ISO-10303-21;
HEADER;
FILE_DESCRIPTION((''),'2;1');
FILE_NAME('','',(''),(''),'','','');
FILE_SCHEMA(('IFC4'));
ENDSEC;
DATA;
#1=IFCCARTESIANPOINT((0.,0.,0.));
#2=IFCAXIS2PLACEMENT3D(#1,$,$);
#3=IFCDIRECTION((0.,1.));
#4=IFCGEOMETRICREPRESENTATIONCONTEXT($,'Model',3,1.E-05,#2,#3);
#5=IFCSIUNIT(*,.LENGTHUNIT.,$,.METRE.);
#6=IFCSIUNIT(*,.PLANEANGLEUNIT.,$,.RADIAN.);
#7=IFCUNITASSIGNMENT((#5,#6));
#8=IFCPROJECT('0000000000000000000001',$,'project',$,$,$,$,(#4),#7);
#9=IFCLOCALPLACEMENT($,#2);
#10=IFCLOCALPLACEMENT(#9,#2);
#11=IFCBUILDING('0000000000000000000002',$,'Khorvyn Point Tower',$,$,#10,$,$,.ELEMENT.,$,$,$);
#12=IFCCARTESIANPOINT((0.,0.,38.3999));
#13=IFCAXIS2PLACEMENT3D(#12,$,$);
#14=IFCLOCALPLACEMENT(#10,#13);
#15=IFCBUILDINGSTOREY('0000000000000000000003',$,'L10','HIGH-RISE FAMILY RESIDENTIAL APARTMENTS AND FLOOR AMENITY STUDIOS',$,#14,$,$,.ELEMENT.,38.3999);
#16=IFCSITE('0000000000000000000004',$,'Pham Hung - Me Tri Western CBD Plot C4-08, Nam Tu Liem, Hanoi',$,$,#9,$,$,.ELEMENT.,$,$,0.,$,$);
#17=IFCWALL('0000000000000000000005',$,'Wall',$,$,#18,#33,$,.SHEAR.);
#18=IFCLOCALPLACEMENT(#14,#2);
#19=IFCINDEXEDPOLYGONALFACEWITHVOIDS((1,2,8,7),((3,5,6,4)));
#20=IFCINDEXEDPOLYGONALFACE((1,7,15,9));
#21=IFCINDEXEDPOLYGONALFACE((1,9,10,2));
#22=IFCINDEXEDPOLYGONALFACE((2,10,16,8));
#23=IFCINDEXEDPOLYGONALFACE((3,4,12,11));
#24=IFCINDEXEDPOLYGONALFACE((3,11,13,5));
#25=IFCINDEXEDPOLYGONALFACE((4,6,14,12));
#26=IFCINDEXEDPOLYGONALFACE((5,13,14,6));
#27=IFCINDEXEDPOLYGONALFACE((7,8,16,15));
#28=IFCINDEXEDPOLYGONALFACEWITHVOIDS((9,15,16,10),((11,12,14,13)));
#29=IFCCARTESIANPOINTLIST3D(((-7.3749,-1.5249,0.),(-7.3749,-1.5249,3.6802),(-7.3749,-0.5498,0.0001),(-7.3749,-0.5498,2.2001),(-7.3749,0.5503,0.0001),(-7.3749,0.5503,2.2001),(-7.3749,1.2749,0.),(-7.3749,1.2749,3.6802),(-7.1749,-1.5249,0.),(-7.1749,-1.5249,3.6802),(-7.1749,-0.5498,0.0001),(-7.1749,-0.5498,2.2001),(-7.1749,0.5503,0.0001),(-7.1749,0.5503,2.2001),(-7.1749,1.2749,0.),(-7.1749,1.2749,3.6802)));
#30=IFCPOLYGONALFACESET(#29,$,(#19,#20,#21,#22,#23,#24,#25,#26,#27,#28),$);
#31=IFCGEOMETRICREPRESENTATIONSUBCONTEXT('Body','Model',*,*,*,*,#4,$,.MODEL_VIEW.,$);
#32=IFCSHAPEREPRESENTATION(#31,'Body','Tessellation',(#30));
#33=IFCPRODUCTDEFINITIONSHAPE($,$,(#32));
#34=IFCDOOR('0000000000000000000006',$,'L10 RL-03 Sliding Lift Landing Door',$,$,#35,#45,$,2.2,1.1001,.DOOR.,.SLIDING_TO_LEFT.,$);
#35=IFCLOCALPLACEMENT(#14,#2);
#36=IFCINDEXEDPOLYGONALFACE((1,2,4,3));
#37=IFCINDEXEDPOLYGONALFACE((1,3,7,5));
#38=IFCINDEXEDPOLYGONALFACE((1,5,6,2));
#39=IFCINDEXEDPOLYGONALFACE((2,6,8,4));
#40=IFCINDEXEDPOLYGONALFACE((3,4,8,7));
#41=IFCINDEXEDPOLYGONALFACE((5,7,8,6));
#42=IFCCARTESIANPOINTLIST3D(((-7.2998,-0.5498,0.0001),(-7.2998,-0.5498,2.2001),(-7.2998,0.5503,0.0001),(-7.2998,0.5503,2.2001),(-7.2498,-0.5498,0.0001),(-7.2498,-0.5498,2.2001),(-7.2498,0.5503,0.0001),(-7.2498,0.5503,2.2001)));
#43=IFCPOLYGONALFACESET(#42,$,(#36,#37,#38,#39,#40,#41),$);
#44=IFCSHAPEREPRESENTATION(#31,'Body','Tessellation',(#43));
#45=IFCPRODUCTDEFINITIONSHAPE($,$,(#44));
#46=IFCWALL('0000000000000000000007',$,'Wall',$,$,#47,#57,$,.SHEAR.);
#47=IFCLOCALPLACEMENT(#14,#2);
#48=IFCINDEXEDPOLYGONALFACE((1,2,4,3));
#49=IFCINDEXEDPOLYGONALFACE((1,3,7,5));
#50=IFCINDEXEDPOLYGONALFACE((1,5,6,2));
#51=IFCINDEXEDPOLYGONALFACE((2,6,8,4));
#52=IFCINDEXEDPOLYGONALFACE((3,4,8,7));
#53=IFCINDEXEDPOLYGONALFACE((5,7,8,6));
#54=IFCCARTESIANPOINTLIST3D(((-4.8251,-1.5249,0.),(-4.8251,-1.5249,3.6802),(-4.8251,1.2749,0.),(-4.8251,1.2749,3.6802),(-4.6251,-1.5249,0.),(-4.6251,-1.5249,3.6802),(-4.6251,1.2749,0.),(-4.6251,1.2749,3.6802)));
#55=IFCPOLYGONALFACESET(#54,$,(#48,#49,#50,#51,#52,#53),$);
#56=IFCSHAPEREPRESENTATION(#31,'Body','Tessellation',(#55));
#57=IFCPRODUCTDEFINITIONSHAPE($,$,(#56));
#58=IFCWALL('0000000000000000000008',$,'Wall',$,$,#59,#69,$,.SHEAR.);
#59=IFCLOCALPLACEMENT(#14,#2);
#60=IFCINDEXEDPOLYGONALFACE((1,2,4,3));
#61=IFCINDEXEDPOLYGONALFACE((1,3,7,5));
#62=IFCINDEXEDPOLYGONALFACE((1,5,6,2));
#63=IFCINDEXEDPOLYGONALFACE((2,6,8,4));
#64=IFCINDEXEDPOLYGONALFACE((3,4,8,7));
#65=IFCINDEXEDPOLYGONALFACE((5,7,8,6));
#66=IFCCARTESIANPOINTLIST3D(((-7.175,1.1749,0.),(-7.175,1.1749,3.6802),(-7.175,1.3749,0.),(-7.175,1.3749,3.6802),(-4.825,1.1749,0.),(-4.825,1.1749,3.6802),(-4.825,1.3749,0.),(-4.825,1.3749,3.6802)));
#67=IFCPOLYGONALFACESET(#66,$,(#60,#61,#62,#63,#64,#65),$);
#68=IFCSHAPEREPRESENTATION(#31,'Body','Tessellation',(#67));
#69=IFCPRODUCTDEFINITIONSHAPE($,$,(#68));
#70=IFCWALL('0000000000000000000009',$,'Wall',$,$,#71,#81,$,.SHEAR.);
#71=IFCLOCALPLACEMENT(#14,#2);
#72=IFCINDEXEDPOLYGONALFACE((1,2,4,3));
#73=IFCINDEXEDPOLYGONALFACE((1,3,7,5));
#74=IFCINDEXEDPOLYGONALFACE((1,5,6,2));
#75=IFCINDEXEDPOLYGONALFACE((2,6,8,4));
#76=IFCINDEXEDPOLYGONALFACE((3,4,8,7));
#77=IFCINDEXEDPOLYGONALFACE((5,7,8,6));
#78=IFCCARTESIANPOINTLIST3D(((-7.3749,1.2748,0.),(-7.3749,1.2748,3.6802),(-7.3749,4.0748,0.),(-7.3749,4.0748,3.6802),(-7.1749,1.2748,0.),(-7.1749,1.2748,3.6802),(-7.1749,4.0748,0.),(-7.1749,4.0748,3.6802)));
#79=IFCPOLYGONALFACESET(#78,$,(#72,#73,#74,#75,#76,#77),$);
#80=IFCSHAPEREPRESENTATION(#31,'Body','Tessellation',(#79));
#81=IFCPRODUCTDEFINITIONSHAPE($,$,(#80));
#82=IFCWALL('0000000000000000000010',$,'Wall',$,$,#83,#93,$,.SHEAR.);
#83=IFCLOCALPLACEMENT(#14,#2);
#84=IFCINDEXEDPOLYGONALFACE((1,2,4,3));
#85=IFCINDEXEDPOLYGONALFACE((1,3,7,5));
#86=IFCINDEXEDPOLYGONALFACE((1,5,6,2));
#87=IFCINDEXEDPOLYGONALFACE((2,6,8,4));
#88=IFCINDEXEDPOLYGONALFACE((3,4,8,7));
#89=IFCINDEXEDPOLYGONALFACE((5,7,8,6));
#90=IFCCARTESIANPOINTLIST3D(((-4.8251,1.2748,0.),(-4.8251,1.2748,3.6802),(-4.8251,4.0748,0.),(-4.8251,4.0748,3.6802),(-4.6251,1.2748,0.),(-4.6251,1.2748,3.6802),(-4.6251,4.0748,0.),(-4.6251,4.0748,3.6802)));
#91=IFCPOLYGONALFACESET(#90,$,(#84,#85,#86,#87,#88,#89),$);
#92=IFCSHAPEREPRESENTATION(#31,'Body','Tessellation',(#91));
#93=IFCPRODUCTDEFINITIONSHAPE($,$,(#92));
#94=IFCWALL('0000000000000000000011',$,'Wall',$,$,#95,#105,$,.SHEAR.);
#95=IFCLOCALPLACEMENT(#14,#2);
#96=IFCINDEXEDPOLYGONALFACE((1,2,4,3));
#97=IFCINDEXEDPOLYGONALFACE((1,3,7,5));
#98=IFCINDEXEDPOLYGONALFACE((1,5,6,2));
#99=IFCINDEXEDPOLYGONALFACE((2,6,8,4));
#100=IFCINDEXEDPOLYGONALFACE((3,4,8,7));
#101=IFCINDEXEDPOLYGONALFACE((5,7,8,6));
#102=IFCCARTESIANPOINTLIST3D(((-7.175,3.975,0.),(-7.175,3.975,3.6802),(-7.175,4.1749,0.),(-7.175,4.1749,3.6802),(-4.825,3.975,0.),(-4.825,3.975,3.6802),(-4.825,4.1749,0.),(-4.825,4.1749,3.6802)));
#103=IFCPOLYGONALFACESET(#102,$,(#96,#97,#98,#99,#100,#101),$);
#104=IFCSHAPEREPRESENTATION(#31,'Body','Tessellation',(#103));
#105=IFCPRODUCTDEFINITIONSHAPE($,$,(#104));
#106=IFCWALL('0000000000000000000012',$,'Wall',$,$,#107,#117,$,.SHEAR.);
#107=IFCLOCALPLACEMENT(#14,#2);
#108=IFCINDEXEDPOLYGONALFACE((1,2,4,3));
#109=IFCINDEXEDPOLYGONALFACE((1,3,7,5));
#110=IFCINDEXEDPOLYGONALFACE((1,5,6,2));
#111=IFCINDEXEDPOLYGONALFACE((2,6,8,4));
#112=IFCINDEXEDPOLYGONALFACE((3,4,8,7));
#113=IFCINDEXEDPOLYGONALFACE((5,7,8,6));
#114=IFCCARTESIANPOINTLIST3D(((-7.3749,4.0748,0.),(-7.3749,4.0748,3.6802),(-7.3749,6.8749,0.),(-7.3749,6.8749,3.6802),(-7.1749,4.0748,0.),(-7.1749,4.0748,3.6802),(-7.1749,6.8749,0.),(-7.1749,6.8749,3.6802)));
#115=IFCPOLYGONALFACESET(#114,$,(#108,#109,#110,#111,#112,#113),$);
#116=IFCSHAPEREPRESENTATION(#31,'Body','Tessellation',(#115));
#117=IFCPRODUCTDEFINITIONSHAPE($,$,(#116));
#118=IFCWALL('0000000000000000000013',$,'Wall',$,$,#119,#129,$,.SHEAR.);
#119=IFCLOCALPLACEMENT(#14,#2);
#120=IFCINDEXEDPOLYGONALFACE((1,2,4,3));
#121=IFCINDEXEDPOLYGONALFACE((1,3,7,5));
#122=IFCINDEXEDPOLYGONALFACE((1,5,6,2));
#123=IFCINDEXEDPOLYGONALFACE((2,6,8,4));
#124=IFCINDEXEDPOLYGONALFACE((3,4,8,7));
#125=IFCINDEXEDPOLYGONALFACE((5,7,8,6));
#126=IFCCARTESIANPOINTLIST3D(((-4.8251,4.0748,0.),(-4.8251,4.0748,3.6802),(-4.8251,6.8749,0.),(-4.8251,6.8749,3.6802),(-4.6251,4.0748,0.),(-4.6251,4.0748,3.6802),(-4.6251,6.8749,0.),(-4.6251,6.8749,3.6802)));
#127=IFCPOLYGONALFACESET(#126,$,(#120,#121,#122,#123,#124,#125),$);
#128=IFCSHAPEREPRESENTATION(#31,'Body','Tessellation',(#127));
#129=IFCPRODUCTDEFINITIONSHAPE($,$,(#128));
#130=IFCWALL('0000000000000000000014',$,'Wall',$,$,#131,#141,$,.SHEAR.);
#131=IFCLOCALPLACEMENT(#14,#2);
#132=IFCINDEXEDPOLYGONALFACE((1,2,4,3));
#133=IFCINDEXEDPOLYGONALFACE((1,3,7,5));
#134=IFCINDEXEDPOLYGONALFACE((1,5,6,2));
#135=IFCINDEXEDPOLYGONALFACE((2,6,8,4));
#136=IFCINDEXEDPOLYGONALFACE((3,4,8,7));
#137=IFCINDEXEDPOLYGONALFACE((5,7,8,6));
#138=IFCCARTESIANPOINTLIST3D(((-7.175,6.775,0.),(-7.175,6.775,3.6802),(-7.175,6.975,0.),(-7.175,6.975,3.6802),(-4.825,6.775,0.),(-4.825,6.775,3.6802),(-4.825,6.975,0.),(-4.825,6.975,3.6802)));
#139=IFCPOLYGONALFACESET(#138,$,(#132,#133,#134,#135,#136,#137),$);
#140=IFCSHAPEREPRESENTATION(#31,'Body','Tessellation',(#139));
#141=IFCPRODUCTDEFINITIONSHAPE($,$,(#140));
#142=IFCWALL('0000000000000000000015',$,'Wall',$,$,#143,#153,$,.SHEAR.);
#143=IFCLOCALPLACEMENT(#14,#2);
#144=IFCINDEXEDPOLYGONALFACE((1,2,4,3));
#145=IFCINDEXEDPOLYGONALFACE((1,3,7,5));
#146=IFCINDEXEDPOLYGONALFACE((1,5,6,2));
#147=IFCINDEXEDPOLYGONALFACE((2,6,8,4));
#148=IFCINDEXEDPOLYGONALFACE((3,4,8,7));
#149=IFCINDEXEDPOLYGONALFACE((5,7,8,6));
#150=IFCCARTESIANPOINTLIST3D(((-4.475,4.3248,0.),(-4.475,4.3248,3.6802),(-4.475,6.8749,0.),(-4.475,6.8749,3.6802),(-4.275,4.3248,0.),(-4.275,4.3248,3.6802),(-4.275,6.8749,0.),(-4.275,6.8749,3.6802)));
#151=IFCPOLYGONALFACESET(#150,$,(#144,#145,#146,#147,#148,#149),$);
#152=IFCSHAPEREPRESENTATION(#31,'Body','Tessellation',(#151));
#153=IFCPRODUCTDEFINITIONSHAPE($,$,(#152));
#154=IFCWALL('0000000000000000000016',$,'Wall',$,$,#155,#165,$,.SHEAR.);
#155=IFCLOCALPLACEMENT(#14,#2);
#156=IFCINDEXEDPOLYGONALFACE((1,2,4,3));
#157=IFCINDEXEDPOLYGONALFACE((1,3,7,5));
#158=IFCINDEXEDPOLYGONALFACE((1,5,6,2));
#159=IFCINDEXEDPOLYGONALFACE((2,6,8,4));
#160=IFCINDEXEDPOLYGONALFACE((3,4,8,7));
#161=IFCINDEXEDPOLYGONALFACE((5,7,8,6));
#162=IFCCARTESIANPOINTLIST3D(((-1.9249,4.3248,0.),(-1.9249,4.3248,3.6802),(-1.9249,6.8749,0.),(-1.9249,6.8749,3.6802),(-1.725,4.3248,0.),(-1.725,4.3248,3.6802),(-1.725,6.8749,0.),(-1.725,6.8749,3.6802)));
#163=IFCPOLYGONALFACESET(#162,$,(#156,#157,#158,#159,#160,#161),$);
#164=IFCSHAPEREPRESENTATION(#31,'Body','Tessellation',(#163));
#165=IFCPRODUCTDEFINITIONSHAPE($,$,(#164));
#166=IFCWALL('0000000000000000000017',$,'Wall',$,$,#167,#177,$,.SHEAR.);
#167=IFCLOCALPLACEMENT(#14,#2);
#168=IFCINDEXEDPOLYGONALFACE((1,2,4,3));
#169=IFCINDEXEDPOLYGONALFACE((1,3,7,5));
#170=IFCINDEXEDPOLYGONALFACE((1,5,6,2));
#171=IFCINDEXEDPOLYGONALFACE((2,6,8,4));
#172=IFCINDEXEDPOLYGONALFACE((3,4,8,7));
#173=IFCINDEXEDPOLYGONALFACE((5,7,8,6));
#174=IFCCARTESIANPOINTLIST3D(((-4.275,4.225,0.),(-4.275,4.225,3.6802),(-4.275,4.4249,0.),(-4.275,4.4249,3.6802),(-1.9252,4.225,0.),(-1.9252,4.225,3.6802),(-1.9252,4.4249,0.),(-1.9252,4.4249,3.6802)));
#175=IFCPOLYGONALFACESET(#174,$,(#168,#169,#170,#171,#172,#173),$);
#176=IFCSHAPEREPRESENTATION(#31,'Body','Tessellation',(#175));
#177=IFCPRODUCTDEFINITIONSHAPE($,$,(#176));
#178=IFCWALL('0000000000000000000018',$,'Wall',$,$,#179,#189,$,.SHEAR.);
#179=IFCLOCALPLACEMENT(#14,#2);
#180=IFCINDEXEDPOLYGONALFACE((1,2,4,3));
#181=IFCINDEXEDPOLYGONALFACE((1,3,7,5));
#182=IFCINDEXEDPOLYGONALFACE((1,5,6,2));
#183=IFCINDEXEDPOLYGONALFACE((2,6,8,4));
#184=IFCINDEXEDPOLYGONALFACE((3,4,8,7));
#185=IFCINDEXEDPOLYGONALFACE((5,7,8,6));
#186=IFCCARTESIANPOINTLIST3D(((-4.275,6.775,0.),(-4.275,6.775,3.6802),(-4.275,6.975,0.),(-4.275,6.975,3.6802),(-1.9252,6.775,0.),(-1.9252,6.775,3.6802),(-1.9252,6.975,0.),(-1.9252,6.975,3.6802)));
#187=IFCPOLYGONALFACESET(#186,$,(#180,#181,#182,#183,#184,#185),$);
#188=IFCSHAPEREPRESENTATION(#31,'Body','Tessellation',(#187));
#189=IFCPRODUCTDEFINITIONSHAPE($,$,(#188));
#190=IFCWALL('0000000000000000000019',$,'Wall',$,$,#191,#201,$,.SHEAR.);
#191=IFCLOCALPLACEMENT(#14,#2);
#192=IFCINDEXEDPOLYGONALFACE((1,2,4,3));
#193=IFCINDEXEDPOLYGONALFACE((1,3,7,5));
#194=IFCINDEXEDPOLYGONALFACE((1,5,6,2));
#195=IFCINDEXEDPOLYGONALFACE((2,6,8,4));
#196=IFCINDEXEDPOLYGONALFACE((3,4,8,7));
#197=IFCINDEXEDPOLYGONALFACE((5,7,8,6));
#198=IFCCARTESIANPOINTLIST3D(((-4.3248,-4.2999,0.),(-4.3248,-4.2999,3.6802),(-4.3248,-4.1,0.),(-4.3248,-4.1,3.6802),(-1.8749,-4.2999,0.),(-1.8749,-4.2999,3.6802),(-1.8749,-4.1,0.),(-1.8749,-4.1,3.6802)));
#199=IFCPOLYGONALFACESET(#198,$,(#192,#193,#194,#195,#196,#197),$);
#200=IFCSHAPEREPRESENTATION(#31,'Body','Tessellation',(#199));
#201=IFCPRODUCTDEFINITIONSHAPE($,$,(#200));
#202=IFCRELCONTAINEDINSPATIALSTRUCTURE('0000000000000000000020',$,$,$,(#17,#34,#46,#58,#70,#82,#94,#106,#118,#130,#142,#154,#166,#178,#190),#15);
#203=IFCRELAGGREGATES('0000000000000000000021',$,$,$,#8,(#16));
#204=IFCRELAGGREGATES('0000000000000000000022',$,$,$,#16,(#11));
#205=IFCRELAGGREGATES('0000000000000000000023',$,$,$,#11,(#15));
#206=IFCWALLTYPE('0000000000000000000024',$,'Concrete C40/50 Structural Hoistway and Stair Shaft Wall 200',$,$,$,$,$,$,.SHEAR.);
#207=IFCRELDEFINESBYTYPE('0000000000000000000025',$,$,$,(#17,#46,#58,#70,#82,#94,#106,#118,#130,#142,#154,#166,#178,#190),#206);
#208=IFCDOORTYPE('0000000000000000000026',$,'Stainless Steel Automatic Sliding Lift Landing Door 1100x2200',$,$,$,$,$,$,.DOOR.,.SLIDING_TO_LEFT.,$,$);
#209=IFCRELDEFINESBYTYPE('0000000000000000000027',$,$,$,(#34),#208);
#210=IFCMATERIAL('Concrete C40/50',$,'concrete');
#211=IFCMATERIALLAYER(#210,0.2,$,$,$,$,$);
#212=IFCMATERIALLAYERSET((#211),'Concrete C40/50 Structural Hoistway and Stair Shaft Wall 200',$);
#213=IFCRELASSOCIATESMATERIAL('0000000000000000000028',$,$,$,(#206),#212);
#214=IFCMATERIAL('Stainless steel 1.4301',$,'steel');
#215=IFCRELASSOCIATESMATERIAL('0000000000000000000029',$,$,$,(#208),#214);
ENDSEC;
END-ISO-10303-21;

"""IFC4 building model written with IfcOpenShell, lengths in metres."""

from ifc_helpers import new_model, si_unit, direction, frame, frame_2d, origin, place, context, subcontext, project, spatial, rectangle, extrude, material, layer, layer_set, type_object, element, fill, save


model = new_model("IFC4")

# Units and contexts
model_context = context("Model", 3, precision=1e-05, world=origin(), true_north=direction((0.0, 1.0)))
body_context = subcontext(model_context, "Body", "Model", "MODEL_VIEW")
ifc_project = project(units=[si_unit("LENGTHUNIT", "METRE"), si_unit("PLANEANGLEUNIT", "RADIAN")], contexts=[model_context])

# Site, building, storey
site_placement = place(None, origin())
site = spatial("IfcSite", under=ifc_project, at=site_placement, Name="Pham Hung - Me Tri Western CBD Plot C4-08, Nam Tu Liem, Hanoi", CompositionType="ELEMENT", RefElevation=0.0)
building_placement = place(site_placement, origin())
building = spatial("IfcBuilding", under=site, at=building_placement, Name="Khorvyn Point Tower", CompositionType="ELEMENT")
storey_placement = place(building_placement, frame((0.0, 0.0, 38.3999)))
storey = spatial("IfcBuildingStorey", under=building, at=storey_placement, Name="L10", Description="HIGH-RISE FAMILY RESIDENTIAL APARTMENTS AND FLOOR AMENITY STUDIOS", CompositionType="ELEMENT", Elevation=38.3999)

# Shared definitions
ifc_material_1 = material(Name="Concrete C40/50", Category="concrete")

# Shared definitions
ifc_layer_1 = layer(ifc_material_1, 0.2)
ifc_layer_set_1 = layer_set([ifc_layer_1], Name="Concrete C40/50 Structural Hoistway and Stair Shaft Wall 200")
wall_type_1 = type_object("IfcWallType", Name="Concrete C40/50 Structural Hoistway and Stair Shaft Wall 200", PredefinedType="SHEAR", material=ifc_layer_set_1)

# Wall, opening, door
wall_1_placement = place(storey_placement, frame((-7.2749, -1.5249, 0.0), z_axis=(0.0, 0.0, 1.0), x_axis=(0.0, 1.0, 0.0)))
wall_1 = element("IfcWall", 1, at=wall_1_placement, inside=storey, type_object=wall_type_1, Name="Wall", PredefinedType="SHEAR", context=body_context, shape_type="SweptSolid", body=[
    extrude(rectangle(XDim=2.7998, YDim=0.2, at=frame_2d((1.3999, 0.0))), origin(), (0.0, 0.0, 1.0), 3.6802),
])
opening_1_placement = place(wall_1_placement, frame((0.9751, 0.0, 0.0)))
opening_1 = element("IfcOpeningElement", 2, at=opening_1_placement, cuts=wall_1, PredefinedType="OPENING", context=body_context, shape_type="SweptSolid", body=[
    extrude(rectangle(XDim=1.1001, YDim=2.2, at=frame_2d((0.55, 1.1001))), frame((0.0, 0.1099, 0.0), z_axis=(0.0, -1.0, 0.0), x_axis=(1.0, 0.0, 0.0)), (0.0, 0.0, 1.0), 0.22),
])
ifc_material_2 = material(Name="Stainless steel 1.4301", Category="steel")
door_type_1 = type_object("IfcDoorType", Name="Stainless Steel Automatic Sliding Lift Landing Door 1100x2200", OperationType="SLIDING_TO_LEFT", PredefinedType="DOOR", material=ifc_material_2)
door_1_placement = place(opening_1_placement, origin())
door_1 = element("IfcDoor", 3, at=door_1_placement, inside=storey, type_object=door_type_1, Name="L10 RL-03 Sliding Lift Landing Door", OperationType="SLIDING_TO_LEFT", OverallHeight=2.2, OverallWidth=1.1001, PredefinedType="DOOR", context=body_context, shape_type="SweptSolid", body=[
    extrude(rectangle(XDim=1.1001, YDim=2.2, at=frame_2d((0.55, 1.1001))), frame((0.0, 0.0249, 0.0), z_axis=(0.0, -1.0, 0.0), x_axis=(1.0, 0.0, 0.0)), (0.0, 0.0, 1.0), 0.05),
])
fill(opening_1, door_1)

# Walls
wall_2_placement = place(storey_placement, frame((-4.7251, -1.5249, 0.0), z_axis=(0.0, 0.0, 1.0), x_axis=(0.0, 1.0, 0.0)))
element("IfcWall", 4, at=wall_2_placement, inside=storey, type_object=wall_type_1, Name="Wall", PredefinedType="SHEAR", context=body_context, shape_type="SweptSolid", body=[
    extrude(rectangle(XDim=2.7998, YDim=0.2, at=frame_2d((1.3999, 0.0))), origin(), (0.0, 0.0, 1.0), 3.6802),
])
wall_3_placement = place(storey_placement, frame((-7.175, 1.2749, 0.0), z_axis=(0.0, 0.0, 1.0), x_axis=(1.0, 0.0, 0.0)))
element("IfcWall", 5, at=wall_3_placement, inside=storey, type_object=wall_type_1, Name="Wall", PredefinedType="SHEAR", context=body_context, shape_type="SweptSolid", body=[
    extrude(rectangle(XDim=2.3501, YDim=0.2, at=frame_2d((1.175, 0.0))), origin(), (0.0, 0.0, 1.0), 3.6802),
])
for number, where, z_axis, x_axis, name in (
    (6, (-7.2749, 1.2749, 0.0), (0.0, 0.0, 1.0), (0.0, 1.0, 0.0), "Wall"),
    (7, (-4.7251, 1.2749, 0.0), (0.0, 0.0, 1.0), (0.0, 1.0, 0.0), "Wall"),
):
    element("IfcWall", number, at=place(storey_placement, frame(where, z_axis=z_axis, x_axis=x_axis)), inside=storey, type_object=wall_type_1, Name=name, PredefinedType="SHEAR", context=body_context, shape_type="SweptSolid", body=[
        extrude(rectangle(XDim=2.8, YDim=0.2, at=frame_2d((1.3999, 0.0))), origin(), (0.0, 0.0, 1.0), 3.6802),
    ])
wall_4_placement = place(storey_placement, frame((-7.175, 4.075, 0.0), z_axis=(0.0, 0.0, 1.0), x_axis=(1.0, 0.0, 0.0)))
element("IfcWall", 8, at=wall_4_placement, inside=storey, type_object=wall_type_1, Name="Wall", PredefinedType="SHEAR", context=body_context, shape_type="SweptSolid", body=[
    extrude(rectangle(XDim=2.3501, YDim=0.2, at=frame_2d((1.175, 0.0))), origin(), (0.0, 0.0, 1.0), 3.6802),
])
for number, where, z_axis, x_axis, name in (
    (9, (-7.2749, 4.075, 0.0), (0.0, 0.0, 1.0), (0.0, 1.0, 0.0), "Wall"),
    (10, (-4.7251, 4.075, 0.0), (0.0, 0.0, 1.0), (0.0, 1.0, 0.0), "Wall"),
):
    element("IfcWall", number, at=place(storey_placement, frame(where, z_axis=z_axis, x_axis=x_axis)), inside=storey, type_object=wall_type_1, Name=name, PredefinedType="SHEAR", context=body_context, shape_type="SweptSolid", body=[
        extrude(rectangle(XDim=2.8, YDim=0.2, at=frame_2d((1.3999, 0.0))), origin(), (0.0, 0.0, 1.0), 3.6802),
    ])
wall_5_placement = place(storey_placement, frame((-7.175, 6.875, 0.0), z_axis=(0.0, 0.0, 1.0), x_axis=(1.0, 0.0, 0.0)))
element("IfcWall", 11, at=wall_5_placement, inside=storey, type_object=wall_type_1, Name="Wall", PredefinedType="SHEAR", context=body_context, shape_type="SweptSolid", body=[
    extrude(rectangle(XDim=2.3501, YDim=0.2, at=frame_2d((1.175, 0.0))), origin(), (0.0, 0.0, 1.0), 3.6802),
])
for number, where, z_axis, x_axis, name in (
    (12, (-4.375, 4.325, 0.0), (0.0, 0.0, 1.0), (0.0, 1.0, 0.0), "Wall"),
    (13, (-1.825, 4.325, 0.0), (0.0, 0.0, 1.0), (0.0, 1.0, 0.0), "Wall"),
):
    element("IfcWall", number, at=place(storey_placement, frame(where, z_axis=z_axis, x_axis=x_axis)), inside=storey, type_object=wall_type_1, Name=name, PredefinedType="SHEAR", context=body_context, shape_type="SweptSolid", body=[
        extrude(rectangle(XDim=2.55, YDim=0.2, at=frame_2d((1.2749, 0.0))), origin(), (0.0, 0.0, 1.0), 3.6802),
    ])
for number, where, z_axis, x_axis, name in (
    (14, (-4.2749, 4.325, 0.0), (0.0, 0.0, 1.0), (1.0, 0.0, 0.0), "Wall"),
    (15, (-4.2749, 6.875, 0.0), (0.0, 0.0, 1.0), (1.0, 0.0, 0.0), "Wall"),
):
    element("IfcWall", number, at=place(storey_placement, frame(where, z_axis=z_axis, x_axis=x_axis)), inside=storey, type_object=wall_type_1, Name=name, PredefinedType="SHEAR", context=body_context, shape_type="SweptSolid", body=[
        extrude(rectangle(XDim=2.3499, YDim=0.2, at=frame_2d((1.1748, 0.0))), origin(), (0.0, 0.0, 1.0), 3.6802),
    ])
for number, where, z_axis, x_axis, name in (
    (16, (-4.325, -4.2, 0.0), (0.0, 0.0, 1.0), (1.0, 0.0, 0.0), "Wall"),
):
    element("IfcWall", number, at=place(storey_placement, frame(where, z_axis=z_axis, x_axis=x_axis)), inside=storey, type_object=wall_type_1, Name=name, PredefinedType="SHEAR", context=body_context, shape_type="SweptSolid", body=[
        extrude(rectangle(XDim=2.45, YDim=0.2, at=frame_2d((1.2251, 0.0))), origin(), (0.0, 0.0, 1.0), 3.6802),
    ])

save(model, "model.ifc")
